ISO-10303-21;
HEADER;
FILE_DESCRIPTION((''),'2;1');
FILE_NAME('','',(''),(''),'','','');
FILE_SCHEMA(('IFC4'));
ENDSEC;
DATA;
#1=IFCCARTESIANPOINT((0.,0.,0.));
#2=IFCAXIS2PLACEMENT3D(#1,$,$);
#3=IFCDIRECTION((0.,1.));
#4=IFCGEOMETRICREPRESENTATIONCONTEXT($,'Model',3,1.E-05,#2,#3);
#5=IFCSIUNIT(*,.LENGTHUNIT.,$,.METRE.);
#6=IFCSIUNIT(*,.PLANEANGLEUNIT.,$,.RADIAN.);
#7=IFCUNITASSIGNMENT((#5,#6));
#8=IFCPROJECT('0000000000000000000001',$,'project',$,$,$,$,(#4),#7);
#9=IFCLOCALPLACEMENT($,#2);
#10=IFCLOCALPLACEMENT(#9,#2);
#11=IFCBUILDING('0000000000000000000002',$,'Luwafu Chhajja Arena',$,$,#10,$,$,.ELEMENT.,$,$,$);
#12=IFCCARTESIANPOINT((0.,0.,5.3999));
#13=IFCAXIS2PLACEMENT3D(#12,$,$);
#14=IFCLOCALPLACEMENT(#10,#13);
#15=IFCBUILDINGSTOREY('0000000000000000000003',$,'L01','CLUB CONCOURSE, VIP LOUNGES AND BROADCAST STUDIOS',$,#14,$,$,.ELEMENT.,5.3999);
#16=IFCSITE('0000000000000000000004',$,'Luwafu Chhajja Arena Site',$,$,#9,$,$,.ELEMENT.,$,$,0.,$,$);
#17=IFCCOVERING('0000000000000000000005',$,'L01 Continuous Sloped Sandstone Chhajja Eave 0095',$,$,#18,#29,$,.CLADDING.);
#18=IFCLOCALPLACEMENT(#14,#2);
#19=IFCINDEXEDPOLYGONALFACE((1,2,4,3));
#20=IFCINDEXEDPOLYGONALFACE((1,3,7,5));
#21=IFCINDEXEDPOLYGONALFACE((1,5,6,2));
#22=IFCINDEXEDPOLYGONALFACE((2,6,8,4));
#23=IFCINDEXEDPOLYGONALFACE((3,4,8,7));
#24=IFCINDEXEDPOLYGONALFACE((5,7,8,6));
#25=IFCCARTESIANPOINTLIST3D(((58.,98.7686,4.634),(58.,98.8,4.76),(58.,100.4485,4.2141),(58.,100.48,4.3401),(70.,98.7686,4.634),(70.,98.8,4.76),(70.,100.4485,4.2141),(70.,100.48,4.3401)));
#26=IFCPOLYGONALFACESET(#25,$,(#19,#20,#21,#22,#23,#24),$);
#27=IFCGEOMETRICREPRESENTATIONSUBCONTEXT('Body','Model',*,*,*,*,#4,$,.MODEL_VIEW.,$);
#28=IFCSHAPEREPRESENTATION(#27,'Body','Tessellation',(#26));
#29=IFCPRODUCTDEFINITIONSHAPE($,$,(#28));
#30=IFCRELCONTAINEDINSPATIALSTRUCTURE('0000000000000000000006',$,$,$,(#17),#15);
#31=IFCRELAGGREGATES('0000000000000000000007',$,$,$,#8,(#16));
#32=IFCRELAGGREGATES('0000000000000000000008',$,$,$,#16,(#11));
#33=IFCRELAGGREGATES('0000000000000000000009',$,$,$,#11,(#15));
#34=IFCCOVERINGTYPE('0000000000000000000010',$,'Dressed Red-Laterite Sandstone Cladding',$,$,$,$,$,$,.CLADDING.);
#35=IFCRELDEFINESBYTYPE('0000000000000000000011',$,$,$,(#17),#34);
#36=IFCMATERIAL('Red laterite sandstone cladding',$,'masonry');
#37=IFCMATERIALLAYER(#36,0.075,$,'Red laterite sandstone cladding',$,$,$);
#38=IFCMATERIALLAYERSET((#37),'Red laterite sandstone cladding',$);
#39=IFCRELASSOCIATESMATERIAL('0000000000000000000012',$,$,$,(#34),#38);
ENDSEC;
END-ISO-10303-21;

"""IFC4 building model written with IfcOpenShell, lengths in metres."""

from ifc_helpers import new_model, si_unit, direction, frame, origin, place, context, subcontext, project, spatial, polyline, outline, extrude, material, layer, layer_set, type_object, element, save


model = new_model("IFC4")

# Units and contexts
model_context = context("Model", 3, precision=1e-05, world=origin(), true_north=direction((0.0, 1.0)))
body_context = subcontext(model_context, "Body", "Model", "MODEL_VIEW")
ifc_project = project(units=[si_unit("LENGTHUNIT", "METRE"), si_unit("PLANEANGLEUNIT", "RADIAN")], contexts=[model_context])

# Site, building, storey
site_placement = place(None, origin())
site = spatial("IfcSite", under=ifc_project, at=site_placement, Name="Luwafu Chhajja Arena Site", CompositionType="ELEMENT", RefElevation=0.0)
building_placement = place(site_placement, origin())
building = spatial("IfcBuilding", under=site, at=building_placement, Name="Luwafu Chhajja Arena", CompositionType="ELEMENT")
storey_placement = place(building_placement, frame((0.0, 0.0, 5.3999)))
storey = spatial("IfcBuildingStorey", under=building, at=storey_placement, Name="L01", Description="CLUB CONCOURSE, VIP LOUNGES AND BROADCAST STUDIOS", CompositionType="ELEMENT", Elevation=5.3999)

# Covering
ifc_material_1 = material(Name="Red laterite sandstone cladding", Category="masonry")
ifc_layer_1 = layer(ifc_material_1, 0.075, Name="Red laterite sandstone cladding")
ifc_layer_set_1 = layer_set([ifc_layer_1], Name="Red laterite sandstone cladding")
covering_type = type_object("IfcCoveringType", Name="Dressed Red-Laterite Sandstone Cladding", PredefinedType="CLADDING", material=ifc_layer_set_1)
covering_1_placement = place(storey_placement, frame((58.0, 98.8, 4.76), z_axis=(0.0, 0.242502, 0.970151), x_axis=(1.0, 0.0, 0.0)))
element("IfcCovering", 1, at=covering_1_placement, inside=storey, type_object=covering_type, Name="L01 Continuous Sloped Sandstone Chhajja Eave 0095", PredefinedType="CLADDING", context=body_context, shape_type="SweptSolid", body=[
    extrude(outline(polyline([(0.0, 0.0), (12.0, 0.0), (12.0, 1.7316), (0.0, 1.7316), (0.0, 0.0)])), origin(), (0.0, 0.0, -1.0), 0.1299),
])

save(model, "model.ifc")
